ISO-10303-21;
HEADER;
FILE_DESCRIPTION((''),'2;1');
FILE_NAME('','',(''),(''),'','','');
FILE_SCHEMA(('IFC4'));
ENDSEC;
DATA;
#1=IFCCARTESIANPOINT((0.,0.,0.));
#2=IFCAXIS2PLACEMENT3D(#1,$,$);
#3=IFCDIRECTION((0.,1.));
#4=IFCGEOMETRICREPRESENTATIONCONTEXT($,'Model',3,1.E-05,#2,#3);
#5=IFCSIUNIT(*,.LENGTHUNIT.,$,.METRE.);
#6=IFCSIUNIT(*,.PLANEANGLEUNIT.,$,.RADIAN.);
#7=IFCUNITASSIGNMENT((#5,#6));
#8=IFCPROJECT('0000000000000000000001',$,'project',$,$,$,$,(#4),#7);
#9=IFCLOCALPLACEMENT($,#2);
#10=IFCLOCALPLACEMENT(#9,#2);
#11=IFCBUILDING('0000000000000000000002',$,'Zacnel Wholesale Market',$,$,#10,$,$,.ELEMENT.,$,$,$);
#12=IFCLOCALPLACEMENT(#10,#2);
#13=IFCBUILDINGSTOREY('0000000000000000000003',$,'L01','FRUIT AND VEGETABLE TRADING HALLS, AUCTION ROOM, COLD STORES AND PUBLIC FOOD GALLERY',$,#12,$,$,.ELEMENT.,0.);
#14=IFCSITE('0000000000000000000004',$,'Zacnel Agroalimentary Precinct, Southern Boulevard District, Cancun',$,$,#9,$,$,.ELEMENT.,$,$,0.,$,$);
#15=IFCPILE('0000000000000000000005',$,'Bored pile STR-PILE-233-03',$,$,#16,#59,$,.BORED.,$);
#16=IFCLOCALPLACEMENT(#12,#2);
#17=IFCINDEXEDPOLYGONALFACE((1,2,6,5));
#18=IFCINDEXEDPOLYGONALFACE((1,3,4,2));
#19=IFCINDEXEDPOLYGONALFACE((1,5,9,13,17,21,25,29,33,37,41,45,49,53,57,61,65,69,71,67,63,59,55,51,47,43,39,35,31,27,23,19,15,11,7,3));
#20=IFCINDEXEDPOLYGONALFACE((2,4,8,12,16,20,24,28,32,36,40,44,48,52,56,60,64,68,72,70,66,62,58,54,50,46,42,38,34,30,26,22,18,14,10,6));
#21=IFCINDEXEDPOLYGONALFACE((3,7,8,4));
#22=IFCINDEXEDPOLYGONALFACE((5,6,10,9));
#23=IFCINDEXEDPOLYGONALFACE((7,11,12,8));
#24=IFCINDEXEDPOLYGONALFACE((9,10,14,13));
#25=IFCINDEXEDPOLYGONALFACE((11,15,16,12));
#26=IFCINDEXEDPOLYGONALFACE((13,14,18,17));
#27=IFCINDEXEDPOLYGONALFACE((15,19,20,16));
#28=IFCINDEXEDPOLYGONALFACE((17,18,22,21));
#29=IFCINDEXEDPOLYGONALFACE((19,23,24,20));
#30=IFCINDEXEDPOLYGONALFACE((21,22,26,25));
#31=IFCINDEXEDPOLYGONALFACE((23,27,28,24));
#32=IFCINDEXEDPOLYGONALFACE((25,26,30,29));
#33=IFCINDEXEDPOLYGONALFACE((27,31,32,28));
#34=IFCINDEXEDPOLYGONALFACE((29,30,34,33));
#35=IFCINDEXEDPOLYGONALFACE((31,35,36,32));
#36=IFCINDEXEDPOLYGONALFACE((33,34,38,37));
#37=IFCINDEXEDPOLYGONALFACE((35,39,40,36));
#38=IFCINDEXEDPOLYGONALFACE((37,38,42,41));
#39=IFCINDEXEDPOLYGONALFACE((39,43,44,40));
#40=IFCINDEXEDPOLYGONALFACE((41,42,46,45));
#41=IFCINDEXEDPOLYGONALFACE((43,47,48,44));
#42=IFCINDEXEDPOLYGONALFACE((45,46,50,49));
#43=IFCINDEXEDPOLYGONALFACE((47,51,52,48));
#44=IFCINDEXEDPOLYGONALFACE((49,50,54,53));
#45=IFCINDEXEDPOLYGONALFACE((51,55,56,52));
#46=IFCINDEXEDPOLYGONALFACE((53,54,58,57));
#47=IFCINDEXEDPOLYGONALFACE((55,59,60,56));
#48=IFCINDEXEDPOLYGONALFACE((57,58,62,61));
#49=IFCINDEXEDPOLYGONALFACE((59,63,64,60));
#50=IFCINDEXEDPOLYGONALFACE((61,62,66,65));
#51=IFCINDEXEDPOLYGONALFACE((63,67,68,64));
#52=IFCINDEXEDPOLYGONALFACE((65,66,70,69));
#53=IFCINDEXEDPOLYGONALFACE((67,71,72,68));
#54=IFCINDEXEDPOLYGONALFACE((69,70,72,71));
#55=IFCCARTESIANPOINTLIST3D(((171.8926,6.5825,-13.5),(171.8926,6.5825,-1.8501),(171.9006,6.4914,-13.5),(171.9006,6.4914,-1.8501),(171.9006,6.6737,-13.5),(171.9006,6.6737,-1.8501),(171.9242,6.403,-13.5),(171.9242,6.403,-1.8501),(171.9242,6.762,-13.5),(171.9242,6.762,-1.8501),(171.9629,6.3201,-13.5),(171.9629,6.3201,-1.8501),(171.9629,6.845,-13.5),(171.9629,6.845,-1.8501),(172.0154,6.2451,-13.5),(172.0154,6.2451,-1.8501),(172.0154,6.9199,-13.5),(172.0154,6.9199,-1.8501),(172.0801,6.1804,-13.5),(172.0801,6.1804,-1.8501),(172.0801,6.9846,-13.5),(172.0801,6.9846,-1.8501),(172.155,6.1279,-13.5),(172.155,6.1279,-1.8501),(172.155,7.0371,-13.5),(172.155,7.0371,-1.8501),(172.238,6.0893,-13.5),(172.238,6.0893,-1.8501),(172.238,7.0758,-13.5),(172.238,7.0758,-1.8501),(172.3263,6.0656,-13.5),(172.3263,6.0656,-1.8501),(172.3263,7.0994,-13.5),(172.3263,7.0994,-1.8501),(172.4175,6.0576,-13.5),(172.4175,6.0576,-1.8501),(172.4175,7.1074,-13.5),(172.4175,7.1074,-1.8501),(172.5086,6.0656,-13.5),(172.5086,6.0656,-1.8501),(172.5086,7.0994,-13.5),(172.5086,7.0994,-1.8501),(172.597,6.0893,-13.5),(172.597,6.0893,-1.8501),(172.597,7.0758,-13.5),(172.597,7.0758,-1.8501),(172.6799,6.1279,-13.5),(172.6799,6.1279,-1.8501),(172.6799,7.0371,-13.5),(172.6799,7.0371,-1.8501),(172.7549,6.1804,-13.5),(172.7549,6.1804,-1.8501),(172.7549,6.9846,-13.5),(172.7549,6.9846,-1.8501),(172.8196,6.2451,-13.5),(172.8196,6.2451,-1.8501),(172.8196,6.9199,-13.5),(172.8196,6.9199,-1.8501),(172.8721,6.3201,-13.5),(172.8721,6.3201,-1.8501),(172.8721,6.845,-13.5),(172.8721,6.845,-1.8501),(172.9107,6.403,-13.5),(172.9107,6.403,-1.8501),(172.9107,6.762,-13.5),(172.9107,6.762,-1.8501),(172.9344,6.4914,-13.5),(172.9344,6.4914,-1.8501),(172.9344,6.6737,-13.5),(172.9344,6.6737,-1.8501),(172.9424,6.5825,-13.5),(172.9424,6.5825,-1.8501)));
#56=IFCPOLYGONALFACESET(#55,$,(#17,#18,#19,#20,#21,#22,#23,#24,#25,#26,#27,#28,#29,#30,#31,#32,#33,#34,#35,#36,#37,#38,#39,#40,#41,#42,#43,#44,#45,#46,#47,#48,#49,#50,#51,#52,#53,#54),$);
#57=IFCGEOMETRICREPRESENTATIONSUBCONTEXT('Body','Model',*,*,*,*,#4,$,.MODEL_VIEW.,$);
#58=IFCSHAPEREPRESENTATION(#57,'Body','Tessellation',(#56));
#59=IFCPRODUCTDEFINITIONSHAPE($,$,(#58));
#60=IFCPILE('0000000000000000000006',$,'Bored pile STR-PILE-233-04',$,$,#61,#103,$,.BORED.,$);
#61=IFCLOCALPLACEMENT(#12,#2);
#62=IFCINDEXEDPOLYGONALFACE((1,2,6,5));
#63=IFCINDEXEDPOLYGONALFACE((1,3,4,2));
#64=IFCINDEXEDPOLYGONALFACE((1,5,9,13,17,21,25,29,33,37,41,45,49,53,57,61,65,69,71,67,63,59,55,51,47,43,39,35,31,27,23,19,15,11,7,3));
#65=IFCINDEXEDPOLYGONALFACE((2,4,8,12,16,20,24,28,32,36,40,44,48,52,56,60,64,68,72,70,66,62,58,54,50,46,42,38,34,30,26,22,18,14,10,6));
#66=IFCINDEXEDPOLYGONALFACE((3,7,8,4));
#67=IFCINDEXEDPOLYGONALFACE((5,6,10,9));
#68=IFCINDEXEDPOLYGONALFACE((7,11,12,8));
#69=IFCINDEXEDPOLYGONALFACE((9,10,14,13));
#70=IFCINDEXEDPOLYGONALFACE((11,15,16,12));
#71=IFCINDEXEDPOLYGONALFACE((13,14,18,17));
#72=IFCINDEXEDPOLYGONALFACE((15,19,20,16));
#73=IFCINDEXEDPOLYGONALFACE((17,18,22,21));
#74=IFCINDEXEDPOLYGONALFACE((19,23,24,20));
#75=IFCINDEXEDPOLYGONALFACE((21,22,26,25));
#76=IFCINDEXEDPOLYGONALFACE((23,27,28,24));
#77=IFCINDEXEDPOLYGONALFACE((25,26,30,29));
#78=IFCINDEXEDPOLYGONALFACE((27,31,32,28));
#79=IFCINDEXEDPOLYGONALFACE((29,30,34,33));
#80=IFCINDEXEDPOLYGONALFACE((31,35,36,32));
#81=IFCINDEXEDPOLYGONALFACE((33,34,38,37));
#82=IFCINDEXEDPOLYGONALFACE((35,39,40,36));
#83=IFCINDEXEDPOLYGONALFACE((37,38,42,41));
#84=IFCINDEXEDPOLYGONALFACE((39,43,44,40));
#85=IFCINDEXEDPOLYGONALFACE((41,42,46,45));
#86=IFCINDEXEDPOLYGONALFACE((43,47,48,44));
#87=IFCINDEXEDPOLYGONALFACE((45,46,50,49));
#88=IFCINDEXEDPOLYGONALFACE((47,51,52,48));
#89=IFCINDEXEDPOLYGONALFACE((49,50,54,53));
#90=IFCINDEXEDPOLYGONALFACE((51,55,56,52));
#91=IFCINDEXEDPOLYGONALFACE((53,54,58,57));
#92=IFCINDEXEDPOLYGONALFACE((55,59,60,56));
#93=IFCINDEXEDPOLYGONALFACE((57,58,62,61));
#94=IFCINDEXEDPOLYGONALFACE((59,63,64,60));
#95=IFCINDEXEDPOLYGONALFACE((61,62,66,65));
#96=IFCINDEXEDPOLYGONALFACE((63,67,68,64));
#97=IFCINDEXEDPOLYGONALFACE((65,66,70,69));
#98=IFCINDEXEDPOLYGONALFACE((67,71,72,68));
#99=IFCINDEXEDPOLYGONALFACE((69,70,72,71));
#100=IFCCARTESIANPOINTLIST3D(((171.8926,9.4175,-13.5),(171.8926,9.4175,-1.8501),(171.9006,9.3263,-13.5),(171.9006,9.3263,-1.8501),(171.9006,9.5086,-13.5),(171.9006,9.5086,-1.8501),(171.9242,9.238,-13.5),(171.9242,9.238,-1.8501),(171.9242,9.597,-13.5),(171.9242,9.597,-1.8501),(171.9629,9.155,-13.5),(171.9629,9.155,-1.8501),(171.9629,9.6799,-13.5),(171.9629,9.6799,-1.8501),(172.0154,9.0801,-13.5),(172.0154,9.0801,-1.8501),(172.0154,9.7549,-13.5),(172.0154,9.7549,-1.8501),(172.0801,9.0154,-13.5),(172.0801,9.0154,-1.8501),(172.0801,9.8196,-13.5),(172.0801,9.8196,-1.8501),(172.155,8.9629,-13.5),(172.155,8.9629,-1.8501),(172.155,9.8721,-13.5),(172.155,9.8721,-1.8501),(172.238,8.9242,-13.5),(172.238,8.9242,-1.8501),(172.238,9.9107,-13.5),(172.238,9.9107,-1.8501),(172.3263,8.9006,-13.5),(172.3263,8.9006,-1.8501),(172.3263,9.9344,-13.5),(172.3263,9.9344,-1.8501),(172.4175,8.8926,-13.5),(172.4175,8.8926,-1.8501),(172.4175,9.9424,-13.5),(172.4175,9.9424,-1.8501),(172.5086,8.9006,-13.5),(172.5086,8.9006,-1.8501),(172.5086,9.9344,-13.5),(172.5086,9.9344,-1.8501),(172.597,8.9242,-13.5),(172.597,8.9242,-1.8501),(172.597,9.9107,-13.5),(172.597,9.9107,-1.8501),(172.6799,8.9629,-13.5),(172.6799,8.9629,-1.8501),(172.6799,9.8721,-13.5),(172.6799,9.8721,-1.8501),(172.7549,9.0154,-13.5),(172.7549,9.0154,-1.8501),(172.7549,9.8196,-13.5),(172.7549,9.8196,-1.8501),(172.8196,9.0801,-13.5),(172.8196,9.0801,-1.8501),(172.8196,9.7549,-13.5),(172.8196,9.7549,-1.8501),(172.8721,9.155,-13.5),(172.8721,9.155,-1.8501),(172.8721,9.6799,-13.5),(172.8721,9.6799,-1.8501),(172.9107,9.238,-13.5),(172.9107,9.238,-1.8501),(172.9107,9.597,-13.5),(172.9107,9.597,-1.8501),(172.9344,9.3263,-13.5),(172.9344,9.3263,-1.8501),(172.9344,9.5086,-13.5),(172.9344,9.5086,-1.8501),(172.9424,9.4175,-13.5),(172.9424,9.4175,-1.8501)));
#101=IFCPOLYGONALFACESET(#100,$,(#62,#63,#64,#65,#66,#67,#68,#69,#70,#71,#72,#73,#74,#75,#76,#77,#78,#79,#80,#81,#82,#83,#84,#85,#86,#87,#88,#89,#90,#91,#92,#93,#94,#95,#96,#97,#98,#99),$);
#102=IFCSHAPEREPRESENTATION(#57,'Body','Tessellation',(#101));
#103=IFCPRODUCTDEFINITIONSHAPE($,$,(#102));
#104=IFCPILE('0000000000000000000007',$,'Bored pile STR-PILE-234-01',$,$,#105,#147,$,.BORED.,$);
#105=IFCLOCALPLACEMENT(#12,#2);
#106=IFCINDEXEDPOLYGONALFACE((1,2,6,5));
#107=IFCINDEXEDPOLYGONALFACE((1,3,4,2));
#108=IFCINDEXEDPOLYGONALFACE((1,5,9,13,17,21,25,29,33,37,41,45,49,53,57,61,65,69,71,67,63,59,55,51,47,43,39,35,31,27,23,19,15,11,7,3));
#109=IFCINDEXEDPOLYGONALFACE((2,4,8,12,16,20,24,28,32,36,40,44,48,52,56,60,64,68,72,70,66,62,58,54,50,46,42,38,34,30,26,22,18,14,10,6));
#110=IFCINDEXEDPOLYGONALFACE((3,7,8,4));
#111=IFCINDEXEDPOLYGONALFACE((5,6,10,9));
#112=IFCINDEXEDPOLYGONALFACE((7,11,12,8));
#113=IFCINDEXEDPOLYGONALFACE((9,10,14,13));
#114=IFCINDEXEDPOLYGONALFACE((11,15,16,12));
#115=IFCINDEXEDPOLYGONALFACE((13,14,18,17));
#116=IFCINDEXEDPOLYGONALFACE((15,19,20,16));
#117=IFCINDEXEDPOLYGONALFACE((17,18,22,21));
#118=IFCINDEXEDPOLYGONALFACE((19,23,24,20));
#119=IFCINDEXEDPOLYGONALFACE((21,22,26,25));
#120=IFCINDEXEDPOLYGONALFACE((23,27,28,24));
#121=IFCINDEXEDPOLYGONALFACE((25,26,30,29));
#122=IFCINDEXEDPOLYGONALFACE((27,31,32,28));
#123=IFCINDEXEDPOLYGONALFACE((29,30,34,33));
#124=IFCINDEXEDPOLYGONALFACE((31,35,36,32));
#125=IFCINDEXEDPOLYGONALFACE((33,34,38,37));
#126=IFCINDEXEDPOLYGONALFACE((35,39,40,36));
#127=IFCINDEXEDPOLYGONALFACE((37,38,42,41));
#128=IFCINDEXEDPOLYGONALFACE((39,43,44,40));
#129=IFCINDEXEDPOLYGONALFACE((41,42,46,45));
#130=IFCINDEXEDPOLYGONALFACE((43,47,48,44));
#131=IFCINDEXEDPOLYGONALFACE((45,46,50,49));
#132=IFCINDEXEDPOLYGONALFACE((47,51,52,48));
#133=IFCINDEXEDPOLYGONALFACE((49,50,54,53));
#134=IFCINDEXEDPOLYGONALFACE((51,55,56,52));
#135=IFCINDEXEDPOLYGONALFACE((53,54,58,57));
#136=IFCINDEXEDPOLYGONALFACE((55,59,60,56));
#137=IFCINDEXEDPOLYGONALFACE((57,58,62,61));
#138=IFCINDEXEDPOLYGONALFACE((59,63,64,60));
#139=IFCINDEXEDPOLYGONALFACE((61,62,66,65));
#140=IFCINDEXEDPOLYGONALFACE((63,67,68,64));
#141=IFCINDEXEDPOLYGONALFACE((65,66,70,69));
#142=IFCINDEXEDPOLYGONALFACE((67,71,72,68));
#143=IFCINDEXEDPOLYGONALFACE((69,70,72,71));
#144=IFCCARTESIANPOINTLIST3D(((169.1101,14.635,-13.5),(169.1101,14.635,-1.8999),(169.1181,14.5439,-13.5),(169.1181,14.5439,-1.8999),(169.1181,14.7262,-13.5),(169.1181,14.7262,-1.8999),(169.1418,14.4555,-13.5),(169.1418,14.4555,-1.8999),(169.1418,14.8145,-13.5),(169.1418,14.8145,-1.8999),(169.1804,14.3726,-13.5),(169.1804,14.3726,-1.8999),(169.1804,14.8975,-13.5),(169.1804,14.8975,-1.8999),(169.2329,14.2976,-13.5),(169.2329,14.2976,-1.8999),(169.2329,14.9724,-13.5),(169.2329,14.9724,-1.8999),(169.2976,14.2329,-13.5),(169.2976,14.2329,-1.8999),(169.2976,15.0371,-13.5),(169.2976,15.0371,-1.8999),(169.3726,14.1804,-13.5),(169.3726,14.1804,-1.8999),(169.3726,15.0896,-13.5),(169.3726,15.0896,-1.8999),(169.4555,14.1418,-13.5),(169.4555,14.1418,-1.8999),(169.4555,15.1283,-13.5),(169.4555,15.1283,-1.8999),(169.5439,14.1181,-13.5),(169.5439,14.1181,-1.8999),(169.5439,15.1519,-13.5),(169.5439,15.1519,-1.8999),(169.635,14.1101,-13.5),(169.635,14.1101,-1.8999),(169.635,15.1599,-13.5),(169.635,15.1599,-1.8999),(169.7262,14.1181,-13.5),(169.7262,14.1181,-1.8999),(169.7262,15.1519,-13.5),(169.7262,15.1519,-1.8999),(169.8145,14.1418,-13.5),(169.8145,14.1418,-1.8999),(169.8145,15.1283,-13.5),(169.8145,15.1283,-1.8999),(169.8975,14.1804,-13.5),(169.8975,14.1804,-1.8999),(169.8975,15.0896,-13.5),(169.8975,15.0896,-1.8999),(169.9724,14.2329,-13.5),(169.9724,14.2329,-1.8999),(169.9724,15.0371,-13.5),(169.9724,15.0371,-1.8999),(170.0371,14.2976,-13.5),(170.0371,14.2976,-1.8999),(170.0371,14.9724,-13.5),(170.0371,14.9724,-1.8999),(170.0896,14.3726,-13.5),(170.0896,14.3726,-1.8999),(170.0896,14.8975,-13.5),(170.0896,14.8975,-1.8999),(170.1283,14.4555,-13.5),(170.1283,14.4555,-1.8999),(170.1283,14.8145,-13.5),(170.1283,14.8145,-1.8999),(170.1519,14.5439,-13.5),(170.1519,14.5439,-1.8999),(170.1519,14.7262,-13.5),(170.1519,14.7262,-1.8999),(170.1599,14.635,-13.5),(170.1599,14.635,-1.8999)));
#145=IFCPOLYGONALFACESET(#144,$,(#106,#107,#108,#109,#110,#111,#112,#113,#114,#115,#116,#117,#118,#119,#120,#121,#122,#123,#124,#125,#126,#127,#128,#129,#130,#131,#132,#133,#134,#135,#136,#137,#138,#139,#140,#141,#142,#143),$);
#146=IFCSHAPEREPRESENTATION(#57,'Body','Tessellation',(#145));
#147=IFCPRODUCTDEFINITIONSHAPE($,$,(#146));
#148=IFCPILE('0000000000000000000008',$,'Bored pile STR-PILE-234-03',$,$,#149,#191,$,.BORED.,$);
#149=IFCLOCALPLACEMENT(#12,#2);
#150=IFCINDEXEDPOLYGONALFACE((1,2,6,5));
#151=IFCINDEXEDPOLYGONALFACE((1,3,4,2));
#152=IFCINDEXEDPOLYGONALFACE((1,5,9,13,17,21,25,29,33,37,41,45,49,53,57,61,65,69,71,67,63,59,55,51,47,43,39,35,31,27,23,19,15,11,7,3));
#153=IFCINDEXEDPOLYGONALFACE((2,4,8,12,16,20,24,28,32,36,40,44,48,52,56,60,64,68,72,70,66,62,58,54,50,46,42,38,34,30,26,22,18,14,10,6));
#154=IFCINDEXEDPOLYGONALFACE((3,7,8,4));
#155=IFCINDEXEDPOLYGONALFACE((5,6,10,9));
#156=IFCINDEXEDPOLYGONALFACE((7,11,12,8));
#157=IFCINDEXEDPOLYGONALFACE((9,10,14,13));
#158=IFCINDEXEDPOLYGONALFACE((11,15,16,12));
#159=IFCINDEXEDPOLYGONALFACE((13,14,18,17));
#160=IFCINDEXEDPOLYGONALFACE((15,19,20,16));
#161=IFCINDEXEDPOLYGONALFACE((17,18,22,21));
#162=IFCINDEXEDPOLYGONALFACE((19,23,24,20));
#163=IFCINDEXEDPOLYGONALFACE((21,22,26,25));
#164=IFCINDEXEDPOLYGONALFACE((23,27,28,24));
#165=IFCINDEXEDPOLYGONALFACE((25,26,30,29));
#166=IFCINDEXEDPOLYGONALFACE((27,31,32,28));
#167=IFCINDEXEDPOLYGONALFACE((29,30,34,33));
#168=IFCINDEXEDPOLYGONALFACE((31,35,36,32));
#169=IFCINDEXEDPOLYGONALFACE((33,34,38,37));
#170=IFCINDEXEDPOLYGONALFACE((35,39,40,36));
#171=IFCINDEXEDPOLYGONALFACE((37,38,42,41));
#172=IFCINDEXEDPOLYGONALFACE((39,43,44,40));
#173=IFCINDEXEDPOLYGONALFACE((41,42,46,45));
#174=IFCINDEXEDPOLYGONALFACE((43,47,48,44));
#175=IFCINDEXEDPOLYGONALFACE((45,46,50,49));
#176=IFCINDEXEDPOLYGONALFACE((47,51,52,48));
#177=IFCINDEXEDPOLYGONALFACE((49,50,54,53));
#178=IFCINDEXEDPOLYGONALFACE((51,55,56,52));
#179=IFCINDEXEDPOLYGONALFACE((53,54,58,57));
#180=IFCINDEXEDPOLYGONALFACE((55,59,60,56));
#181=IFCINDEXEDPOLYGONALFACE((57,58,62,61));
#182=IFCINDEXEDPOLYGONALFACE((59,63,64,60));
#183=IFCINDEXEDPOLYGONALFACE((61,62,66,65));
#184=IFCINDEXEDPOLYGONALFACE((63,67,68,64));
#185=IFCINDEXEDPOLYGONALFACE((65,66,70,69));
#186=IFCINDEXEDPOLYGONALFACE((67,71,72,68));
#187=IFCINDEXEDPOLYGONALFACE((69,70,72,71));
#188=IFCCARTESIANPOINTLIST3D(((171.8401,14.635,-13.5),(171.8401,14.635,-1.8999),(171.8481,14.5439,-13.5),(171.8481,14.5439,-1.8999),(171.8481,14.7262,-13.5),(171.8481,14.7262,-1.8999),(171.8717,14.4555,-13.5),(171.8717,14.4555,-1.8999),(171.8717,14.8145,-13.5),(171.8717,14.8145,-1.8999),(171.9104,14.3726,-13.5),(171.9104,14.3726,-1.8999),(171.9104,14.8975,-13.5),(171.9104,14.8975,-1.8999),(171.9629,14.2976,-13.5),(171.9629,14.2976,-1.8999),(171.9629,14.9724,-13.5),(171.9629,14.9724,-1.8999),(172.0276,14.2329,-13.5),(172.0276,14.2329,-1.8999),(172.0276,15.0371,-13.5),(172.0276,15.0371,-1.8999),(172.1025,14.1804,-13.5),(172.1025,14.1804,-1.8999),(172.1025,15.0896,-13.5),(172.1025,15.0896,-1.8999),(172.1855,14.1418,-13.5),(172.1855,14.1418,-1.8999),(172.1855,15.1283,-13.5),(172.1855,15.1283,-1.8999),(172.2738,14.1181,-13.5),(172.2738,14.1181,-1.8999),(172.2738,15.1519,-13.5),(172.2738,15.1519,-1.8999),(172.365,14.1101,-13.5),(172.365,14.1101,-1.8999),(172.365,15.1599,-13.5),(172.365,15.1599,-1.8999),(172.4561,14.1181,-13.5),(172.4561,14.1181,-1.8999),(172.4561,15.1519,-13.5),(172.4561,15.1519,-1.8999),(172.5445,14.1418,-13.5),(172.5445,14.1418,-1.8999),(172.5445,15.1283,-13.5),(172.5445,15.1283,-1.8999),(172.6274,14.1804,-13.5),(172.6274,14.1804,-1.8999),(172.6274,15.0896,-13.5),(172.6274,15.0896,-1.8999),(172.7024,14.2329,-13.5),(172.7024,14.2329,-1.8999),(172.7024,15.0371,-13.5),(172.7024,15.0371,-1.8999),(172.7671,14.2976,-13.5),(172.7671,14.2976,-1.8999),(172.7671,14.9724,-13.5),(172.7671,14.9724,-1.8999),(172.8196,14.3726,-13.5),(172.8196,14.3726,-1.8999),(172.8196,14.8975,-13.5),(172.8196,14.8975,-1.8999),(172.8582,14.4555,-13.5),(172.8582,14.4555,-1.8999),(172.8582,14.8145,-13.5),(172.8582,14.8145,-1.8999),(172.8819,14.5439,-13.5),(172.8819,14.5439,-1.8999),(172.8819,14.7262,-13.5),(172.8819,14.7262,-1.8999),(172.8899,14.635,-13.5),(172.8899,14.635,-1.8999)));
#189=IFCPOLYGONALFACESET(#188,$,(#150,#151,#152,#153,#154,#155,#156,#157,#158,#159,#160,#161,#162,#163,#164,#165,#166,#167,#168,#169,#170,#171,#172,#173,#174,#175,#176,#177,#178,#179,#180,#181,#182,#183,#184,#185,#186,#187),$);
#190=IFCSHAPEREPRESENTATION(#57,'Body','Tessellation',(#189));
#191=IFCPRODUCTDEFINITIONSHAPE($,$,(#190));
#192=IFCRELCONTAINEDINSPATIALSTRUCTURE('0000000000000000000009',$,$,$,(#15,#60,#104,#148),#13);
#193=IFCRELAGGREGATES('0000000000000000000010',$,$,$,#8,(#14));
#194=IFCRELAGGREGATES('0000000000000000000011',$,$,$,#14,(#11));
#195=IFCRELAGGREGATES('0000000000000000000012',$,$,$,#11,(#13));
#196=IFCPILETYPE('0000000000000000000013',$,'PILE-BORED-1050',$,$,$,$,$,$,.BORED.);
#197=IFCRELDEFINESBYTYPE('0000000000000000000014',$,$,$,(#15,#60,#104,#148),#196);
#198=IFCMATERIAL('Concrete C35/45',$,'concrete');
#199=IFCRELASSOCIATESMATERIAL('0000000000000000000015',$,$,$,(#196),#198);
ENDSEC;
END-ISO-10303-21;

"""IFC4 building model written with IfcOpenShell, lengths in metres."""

from ifc_helpers import new_model, si_unit, direction, frame, origin, origin_2d, place, context, subcontext, project, spatial, circle, extrude, material, material_profile, profile_set, type_object, element, save


model = new_model("IFC4")

# Units and contexts
model_context = context("Model", 3, precision=1e-05, world=origin(), true_north=direction((0.0, 1.0)))
body_context = subcontext(model_context, "Body", "Model", "MODEL_VIEW")
ifc_project = project(units=[si_unit("LENGTHUNIT", "METRE"), si_unit("PLANEANGLEUNIT", "RADIAN")], contexts=[model_context])

# Site, building, storey
site_placement = place(None, origin())
site = spatial("IfcSite", under=ifc_project, at=site_placement, Name="Zacnel Agroalimentary Precinct, Southern Boulevard District, Cancun", CompositionType="ELEMENT", RefElevation=0.0)
building_placement = place(site_placement, origin())
building = spatial("IfcBuilding", under=site, at=building_placement, Name="Zacnel Wholesale Market", CompositionType="ELEMENT")
storey_placement = place(building_placement, origin())
storey = spatial("IfcBuildingStorey", under=building, at=storey_placement, Name="L01", Description="FRUIT AND VEGETABLE TRADING HALLS, AUCTION ROOM, COLD STORES AND PUBLIC FOOD GALLERY", CompositionType="ELEMENT", Elevation=0.0)

# Piles
ifc_material_1 = material(Name="Concrete C35/45", Category="concrete")
ifc_material_profile_1 = material_profile(ifc_material_1, circle(Radius=0.5249, at=origin_2d()), Name="BORED PILE D1050")
ifc_profile_set_1 = profile_set([ifc_material_profile_1], Name="Concrete C35/45")
pile_type = type_object("IfcPileType", Name="PILE-BORED-1050", PredefinedType="BORED", material=ifc_profile_set_1)
for number, where, z_axis, x_axis, name in (
    (1, (172.4175, 6.5825, -1.8501), (0.0, 0.0, -1.0), (1.0, 0.0, 0.0), "Bored pile STR-PILE-233-03"),
    (2, (172.4175, 9.4175, -1.8501), (0.0, 0.0, -1.0), (1.0, 0.0, 0.0), "Bored pile STR-PILE-233-04"),
):
    element("IfcPile", number, at=place(storey_placement, frame(where, z_axis=z_axis, x_axis=x_axis)), inside=storey, type_object=pile_type, Name=name, PredefinedType="BORED", context=body_context, shape_type="SweptSolid", body=[
        extrude(circle(Radius=0.5249, at=origin_2d()), origin(), (0.0, 0.0, 1.0), 11.6499),
    ])
for number, where, z_axis, x_axis, name in (
    (3, (169.635, 14.635, -1.8999), (0.0, 0.0, -1.0), (1.0, 0.0, 0.0), "Bored pile STR-PILE-234-01"),
    (4, (172.365, 14.635, -1.8999), (0.0, 0.0, -1.0), (1.0, 0.0, 0.0), "Bored pile STR-PILE-234-03"),
):
    element("IfcPile", number, at=place(storey_placement, frame(where, z_axis=z_axis, x_axis=x_axis)), inside=storey, type_object=pile_type, Name=name, PredefinedType="BORED", context=body_context, shape_type="SweptSolid", body=[
        extrude(circle(Radius=0.5249, at=origin_2d()), origin(), (0.0, 0.0, 1.0), 11.6001),
    ])

save(model, "model.ifc")
